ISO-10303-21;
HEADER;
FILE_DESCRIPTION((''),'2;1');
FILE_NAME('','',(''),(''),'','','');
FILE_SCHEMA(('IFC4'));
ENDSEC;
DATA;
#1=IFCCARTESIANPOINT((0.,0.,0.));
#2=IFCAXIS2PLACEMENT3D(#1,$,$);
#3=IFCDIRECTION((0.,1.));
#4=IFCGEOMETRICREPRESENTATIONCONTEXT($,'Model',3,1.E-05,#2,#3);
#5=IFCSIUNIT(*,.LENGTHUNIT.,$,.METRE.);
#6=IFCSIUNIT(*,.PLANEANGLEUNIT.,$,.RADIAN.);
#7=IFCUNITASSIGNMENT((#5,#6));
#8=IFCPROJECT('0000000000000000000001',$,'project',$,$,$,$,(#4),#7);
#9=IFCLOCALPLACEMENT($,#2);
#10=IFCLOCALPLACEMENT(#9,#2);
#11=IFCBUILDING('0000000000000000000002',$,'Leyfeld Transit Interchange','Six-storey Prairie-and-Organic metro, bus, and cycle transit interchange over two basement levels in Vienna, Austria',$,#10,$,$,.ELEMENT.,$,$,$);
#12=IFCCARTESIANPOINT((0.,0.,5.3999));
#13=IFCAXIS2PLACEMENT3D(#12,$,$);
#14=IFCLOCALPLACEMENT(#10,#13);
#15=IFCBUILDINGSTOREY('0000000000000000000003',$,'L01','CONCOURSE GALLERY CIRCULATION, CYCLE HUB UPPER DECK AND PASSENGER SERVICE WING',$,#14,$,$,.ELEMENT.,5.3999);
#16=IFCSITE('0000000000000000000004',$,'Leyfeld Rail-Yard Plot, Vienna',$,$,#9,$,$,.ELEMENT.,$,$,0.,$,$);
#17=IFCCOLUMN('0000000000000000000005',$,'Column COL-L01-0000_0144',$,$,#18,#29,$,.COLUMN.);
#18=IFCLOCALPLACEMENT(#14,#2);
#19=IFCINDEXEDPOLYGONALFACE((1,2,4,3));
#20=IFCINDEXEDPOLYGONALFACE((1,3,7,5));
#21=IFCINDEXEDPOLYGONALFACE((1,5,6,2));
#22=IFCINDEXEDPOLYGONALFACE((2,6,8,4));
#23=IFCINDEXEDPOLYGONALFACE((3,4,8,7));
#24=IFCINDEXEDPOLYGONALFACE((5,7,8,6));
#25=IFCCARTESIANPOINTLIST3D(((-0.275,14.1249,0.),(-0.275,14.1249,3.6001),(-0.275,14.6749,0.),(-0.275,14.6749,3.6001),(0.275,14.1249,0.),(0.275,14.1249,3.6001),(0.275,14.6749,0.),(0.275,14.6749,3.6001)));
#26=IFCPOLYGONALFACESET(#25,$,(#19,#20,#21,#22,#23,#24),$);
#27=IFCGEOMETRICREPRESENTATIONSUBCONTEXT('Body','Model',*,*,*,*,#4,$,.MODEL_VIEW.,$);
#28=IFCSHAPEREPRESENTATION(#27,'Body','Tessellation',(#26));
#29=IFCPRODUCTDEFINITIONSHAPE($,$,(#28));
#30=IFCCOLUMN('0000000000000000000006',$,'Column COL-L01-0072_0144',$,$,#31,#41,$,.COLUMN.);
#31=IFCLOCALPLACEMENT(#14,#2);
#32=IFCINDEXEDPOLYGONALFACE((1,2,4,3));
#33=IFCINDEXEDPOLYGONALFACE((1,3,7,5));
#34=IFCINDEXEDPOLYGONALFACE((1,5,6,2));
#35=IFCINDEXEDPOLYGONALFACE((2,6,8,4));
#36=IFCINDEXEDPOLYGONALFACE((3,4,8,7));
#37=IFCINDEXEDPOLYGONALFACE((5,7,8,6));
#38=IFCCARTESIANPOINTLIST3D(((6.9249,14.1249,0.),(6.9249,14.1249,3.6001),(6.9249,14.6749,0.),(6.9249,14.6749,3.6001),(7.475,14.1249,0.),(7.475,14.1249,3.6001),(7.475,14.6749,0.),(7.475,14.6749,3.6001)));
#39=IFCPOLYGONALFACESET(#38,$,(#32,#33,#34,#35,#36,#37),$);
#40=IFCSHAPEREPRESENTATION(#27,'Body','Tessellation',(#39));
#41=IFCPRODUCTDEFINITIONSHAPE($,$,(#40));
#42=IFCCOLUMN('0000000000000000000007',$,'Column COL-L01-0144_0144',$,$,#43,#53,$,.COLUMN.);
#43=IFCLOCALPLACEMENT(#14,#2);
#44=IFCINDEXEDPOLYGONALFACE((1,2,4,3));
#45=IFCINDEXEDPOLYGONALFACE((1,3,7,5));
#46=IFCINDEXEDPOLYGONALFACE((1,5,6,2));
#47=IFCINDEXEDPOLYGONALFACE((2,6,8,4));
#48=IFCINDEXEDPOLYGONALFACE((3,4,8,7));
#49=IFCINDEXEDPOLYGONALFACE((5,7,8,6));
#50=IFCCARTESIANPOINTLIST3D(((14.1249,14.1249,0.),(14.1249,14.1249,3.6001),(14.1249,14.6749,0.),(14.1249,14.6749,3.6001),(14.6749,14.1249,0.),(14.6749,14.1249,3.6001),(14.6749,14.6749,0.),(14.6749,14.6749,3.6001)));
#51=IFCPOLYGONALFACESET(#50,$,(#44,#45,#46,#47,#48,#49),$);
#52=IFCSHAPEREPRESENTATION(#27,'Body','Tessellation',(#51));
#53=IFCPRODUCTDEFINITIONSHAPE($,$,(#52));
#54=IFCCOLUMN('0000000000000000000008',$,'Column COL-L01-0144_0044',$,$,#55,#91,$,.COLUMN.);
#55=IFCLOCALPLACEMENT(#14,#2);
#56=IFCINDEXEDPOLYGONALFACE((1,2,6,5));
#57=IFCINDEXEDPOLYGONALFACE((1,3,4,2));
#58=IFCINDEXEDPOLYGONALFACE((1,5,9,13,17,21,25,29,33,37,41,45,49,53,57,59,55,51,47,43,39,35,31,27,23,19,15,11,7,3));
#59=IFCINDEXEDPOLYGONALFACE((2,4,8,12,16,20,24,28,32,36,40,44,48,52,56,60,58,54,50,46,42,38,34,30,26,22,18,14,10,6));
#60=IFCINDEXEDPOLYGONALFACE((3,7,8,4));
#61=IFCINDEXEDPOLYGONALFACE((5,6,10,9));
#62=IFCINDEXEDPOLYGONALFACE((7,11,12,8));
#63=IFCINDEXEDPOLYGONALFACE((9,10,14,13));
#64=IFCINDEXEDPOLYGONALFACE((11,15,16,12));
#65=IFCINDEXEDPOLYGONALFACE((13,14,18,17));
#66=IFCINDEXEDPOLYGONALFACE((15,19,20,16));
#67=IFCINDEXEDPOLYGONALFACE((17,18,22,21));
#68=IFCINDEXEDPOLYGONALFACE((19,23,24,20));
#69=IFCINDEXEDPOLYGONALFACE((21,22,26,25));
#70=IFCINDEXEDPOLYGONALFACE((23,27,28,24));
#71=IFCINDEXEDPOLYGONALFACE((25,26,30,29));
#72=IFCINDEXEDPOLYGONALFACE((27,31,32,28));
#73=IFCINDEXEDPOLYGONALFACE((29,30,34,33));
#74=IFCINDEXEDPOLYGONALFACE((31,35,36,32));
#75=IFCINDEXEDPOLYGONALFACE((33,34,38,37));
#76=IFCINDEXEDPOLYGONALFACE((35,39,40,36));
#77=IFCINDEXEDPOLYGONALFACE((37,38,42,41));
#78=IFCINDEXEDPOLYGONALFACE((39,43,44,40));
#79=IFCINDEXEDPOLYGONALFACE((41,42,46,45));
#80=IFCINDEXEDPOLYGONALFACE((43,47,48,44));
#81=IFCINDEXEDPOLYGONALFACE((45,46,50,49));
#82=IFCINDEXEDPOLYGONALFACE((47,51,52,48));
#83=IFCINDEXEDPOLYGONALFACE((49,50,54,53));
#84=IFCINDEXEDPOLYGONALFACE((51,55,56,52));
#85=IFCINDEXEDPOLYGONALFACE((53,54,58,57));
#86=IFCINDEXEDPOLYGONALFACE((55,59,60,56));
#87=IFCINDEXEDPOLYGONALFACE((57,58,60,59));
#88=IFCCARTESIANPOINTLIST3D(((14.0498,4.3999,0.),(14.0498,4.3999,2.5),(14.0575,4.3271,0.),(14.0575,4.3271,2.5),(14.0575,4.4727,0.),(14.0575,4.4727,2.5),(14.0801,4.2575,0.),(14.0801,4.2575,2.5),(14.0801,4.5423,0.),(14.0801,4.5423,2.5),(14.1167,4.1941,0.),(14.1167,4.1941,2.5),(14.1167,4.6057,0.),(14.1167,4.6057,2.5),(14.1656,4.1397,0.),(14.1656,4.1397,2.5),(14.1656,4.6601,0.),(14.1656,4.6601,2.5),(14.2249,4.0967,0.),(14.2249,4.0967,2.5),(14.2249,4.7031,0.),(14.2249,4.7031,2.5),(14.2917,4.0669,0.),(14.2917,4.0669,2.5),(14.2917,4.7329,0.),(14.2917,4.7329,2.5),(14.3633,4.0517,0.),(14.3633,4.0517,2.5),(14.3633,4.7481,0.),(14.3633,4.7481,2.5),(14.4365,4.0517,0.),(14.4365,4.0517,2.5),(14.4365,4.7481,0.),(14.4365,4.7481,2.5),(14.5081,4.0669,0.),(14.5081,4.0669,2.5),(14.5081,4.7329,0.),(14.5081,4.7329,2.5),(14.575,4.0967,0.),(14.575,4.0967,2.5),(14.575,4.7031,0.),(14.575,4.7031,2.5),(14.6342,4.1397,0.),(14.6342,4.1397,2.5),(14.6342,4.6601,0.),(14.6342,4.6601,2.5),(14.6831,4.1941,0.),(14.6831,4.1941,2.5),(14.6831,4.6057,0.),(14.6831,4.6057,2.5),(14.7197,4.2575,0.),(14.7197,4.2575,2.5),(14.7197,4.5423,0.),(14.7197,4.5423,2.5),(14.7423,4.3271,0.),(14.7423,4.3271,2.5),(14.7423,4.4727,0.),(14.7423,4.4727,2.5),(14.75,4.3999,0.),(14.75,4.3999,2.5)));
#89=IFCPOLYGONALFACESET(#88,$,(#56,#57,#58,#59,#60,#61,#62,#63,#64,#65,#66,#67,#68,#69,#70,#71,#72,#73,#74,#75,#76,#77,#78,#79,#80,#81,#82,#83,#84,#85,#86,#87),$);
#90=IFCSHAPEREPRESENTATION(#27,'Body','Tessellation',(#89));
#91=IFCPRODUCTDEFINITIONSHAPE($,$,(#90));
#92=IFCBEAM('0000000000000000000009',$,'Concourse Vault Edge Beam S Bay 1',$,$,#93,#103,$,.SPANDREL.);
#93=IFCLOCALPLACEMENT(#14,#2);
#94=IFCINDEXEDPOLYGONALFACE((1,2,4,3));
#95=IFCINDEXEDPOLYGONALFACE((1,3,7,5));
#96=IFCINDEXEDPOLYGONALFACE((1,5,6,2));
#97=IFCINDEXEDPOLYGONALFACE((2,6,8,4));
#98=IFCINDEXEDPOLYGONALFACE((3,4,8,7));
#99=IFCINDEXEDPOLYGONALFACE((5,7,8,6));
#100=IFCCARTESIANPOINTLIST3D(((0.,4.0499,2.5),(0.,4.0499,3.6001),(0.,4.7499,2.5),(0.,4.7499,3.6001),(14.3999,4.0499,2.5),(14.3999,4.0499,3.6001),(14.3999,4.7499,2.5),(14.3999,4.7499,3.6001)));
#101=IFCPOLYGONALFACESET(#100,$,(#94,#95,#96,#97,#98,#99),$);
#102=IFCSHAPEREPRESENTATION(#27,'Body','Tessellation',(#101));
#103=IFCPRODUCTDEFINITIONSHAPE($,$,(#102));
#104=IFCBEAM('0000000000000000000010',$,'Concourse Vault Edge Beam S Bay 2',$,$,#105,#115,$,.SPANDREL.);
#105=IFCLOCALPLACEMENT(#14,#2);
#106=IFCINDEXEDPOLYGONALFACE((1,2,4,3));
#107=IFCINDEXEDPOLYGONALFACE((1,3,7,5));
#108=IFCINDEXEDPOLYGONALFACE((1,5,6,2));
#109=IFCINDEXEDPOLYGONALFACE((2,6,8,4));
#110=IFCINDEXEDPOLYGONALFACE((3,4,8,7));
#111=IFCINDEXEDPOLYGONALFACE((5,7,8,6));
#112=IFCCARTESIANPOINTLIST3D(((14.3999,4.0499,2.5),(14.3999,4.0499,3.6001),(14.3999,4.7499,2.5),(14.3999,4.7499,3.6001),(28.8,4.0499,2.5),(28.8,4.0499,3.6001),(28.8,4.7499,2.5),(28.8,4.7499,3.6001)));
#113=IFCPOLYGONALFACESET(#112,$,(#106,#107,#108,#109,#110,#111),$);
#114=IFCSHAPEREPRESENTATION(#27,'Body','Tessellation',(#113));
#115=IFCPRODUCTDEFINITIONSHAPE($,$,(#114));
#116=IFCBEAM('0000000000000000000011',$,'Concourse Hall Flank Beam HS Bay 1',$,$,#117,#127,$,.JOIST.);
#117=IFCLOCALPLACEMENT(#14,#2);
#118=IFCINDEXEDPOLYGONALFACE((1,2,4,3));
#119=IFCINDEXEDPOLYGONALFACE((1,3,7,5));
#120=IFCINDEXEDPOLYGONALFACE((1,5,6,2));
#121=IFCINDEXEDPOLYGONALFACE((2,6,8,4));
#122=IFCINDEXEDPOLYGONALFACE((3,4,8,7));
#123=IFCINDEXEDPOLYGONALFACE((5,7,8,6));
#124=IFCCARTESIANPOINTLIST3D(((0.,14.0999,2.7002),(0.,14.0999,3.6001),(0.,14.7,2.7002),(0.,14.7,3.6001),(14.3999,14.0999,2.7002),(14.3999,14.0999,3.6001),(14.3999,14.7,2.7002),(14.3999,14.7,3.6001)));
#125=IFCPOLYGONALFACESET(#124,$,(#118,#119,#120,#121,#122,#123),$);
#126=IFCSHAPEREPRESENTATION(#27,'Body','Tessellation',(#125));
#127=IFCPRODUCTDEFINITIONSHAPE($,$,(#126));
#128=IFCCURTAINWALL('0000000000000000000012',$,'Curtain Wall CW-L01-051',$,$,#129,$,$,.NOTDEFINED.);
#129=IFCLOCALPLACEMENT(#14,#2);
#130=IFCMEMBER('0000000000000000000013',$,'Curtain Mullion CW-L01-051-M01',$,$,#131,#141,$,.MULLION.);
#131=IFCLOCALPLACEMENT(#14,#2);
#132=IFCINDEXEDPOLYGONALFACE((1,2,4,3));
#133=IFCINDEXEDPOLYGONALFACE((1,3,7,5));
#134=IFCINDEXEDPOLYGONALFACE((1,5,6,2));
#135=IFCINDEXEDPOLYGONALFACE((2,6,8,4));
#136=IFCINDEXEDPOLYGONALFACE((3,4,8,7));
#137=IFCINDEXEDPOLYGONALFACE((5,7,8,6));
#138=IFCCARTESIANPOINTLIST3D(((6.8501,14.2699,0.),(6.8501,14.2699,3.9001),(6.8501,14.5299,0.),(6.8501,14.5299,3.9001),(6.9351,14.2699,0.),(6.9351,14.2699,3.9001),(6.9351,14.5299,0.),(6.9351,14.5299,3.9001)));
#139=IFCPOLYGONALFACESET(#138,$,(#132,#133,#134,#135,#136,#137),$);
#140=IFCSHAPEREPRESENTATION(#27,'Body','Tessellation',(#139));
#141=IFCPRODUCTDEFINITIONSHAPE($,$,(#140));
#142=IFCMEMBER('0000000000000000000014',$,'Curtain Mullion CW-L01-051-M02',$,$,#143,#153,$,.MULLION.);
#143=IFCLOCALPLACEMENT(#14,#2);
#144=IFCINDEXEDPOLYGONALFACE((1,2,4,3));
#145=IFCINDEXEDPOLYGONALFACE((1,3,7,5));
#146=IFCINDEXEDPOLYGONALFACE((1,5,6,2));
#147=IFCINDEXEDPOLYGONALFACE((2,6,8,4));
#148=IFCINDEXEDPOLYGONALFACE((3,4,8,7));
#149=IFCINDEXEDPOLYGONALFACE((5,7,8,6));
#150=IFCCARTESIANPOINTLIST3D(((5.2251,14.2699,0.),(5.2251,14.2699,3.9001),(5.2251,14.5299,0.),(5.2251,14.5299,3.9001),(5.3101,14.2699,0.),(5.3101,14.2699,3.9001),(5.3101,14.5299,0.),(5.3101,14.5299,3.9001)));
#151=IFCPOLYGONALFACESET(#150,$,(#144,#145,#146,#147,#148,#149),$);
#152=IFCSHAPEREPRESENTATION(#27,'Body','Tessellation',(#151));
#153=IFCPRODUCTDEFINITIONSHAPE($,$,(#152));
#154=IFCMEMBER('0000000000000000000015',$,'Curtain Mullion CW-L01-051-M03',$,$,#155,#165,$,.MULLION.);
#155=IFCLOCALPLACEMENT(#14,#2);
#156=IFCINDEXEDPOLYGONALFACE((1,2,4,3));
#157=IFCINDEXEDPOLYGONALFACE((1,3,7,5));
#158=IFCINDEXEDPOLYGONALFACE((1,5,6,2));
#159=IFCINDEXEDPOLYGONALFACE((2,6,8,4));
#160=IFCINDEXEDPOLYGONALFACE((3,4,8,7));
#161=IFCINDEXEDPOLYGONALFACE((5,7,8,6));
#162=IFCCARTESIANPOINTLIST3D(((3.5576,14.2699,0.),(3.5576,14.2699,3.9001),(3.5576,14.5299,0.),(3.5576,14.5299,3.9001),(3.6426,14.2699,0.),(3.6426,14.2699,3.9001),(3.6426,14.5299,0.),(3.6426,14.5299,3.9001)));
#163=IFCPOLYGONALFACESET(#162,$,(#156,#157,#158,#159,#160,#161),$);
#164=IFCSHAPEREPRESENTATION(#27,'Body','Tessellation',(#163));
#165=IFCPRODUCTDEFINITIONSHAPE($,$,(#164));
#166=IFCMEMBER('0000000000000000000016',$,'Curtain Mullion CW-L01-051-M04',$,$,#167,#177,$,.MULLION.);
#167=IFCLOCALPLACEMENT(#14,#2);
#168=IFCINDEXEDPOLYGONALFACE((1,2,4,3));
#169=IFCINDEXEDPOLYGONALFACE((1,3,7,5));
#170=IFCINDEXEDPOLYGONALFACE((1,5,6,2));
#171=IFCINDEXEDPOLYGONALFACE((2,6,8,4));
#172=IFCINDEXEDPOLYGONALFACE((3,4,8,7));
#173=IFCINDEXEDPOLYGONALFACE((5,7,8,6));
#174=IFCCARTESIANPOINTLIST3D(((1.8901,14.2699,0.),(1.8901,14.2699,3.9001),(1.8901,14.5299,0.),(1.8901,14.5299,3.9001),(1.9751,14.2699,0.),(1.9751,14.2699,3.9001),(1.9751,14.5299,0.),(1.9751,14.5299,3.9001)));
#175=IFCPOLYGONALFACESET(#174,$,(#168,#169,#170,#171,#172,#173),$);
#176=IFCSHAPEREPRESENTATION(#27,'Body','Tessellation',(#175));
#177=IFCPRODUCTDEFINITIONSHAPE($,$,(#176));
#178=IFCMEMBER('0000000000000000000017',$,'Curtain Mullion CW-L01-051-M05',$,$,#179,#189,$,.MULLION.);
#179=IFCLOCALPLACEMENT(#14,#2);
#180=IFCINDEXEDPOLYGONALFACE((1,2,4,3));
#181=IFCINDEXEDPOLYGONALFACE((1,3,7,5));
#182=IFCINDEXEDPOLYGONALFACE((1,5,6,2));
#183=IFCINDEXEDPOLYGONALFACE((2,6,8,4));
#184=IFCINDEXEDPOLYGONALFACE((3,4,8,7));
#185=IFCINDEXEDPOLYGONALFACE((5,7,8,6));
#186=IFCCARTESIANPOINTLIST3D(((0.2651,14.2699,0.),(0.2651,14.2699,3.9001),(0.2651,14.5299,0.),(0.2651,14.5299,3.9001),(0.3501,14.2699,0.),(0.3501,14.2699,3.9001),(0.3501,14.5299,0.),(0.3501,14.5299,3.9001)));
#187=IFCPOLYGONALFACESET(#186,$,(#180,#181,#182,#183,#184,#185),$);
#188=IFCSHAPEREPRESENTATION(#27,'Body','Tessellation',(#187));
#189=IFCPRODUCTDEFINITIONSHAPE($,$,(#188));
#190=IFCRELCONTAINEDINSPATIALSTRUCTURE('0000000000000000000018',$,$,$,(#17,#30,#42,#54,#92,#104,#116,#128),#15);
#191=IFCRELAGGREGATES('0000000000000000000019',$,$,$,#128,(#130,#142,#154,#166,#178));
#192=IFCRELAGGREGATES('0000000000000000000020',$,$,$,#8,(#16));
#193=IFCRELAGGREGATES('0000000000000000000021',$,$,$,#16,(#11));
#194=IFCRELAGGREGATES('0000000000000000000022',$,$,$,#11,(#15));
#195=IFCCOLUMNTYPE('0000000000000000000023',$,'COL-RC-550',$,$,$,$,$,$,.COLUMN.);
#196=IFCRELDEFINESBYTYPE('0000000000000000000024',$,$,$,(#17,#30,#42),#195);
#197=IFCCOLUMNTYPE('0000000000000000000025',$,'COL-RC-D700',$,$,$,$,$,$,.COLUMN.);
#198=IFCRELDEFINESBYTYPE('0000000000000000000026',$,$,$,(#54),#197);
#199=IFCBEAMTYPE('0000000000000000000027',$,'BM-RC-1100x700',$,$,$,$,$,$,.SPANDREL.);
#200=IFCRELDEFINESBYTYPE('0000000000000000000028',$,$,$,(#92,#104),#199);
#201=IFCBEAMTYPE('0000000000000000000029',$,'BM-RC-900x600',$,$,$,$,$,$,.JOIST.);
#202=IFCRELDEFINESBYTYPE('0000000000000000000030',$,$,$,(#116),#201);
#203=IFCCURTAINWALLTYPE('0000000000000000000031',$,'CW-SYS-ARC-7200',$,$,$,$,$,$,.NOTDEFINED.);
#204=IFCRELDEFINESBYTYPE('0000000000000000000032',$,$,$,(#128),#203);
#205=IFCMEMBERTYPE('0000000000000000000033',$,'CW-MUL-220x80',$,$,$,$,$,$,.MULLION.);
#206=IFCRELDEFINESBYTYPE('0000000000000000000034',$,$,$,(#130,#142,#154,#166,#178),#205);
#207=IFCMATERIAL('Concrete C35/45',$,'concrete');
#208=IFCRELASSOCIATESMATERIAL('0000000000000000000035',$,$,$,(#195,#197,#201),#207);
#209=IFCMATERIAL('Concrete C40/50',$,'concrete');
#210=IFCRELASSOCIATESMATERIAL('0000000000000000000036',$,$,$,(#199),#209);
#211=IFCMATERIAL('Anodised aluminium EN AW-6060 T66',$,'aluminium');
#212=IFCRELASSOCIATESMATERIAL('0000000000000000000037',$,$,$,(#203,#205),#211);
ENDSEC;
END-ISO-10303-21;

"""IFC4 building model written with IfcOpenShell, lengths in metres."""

from ifc_helpers import new_model, si_unit, direction, frame, origin, origin_2d, place, context, subcontext, project, spatial, rectangle, circle, extrude, material, material_profile, profile_set, type_object, element, aggregate, save


model = new_model("IFC4")

# Units and contexts
model_context = context("Model", 3, precision=1e-05, world=origin(), true_north=direction((0.0, 1.0)))
body_context = subcontext(model_context, "Body", "Model", "MODEL_VIEW")
ifc_project = project(units=[si_unit("LENGTHUNIT", "METRE"), si_unit("PLANEANGLEUNIT", "RADIAN")], contexts=[model_context])

# Site, building, storey
site_placement = place(None, origin())
site = spatial("IfcSite", under=ifc_project, at=site_placement, Name="Leyfeld Rail-Yard Plot, Vienna", CompositionType="ELEMENT", RefElevation=0.0)
building_placement = place(site_placement, origin())
building = spatial("IfcBuilding", under=site, at=building_placement, Name="Leyfeld Transit Interchange", Description="Six-storey Prairie-and-Organic metro, bus, and cycle transit interchange over two basement levels in Vienna, Austria", CompositionType="ELEMENT")
storey_placement = place(building_placement, frame((0.0, 0.0, 5.3999)))
storey = spatial("IfcBuildingStorey", under=building, at=storey_placement, Name="L01", Description="CONCOURSE GALLERY CIRCULATION, CYCLE HUB UPPER DECK AND PASSENGER SERVICE WING", CompositionType="ELEMENT", Elevation=5.3999)

# Columns
ifc_material_1 = material(Name="Concrete C35/45", Category="concrete")
ifc_material_profile_1 = material_profile(ifc_material_1, rectangle(XDim=0.55, YDim=0.55, at=origin_2d()), Name="RC 550x550")
ifc_profile_set_1 = profile_set([ifc_material_profile_1], Name="Concrete C35/45")
column_type_1 = type_object("IfcColumnType", Name="COL-RC-550", PredefinedType="COLUMN", material=ifc_profile_set_1)
for number, where, z_axis, x_axis, name in (
    (1, (0.0, 14.3999, 0.0), (0.0, 0.0, 1.0), (1.0, 0.0, 0.0), "Column COL-L01-0000_0144"),
    (2, (7.2, 14.3999, 0.0), (0.0, 0.0, 1.0), (1.0, 0.0, 0.0), "Column COL-L01-0072_0144"),
    (3, (14.3999, 14.3999, 0.0), (0.0, 0.0, 1.0), (1.0, 0.0, 0.0), "Column COL-L01-0144_0144"),
):
    element("IfcColumn", number, at=place(storey_placement, frame(where, z_axis=z_axis, x_axis=x_axis)), inside=storey, type_object=column_type_1, Name=name, PredefinedType="COLUMN", context=body_context, shape_type="SweptSolid", body=[
        extrude(rectangle(XDim=0.55, YDim=0.55, at=origin_2d()), origin(), (0.0, 0.0, 1.0), 3.6001),
    ])
ifc_material_profile_2 = material_profile(ifc_material_1, circle(Radius=0.3501, at=origin_2d()), Name="RC D700")
ifc_profile_set_2 = profile_set([ifc_material_profile_2], Name="Concrete C35/45")
column_type_2 = type_object("IfcColumnType", Name="COL-RC-D700", PredefinedType="COLUMN", material=ifc_profile_set_2)
column_placement = place(storey_placement, frame((14.3999, 4.3999, 0.0), z_axis=(0.0, 0.0, 1.0), x_axis=(1.0, 0.0, 0.0)))
element("IfcColumn", 4, at=column_placement, inside=storey, type_object=column_type_2, Name="Column COL-L01-0144_0044", PredefinedType="COLUMN", context=body_context, shape_type="SweptSolid", body=[
    extrude(circle(Radius=0.3501, at=origin_2d()), origin(), (0.0, 0.0, 1.0), 2.5),
])

# Beams
ifc_material_2 = material(Name="Concrete C40/50", Category="concrete")
ifc_material_profile_3 = material_profile(ifc_material_2, rectangle(XDim=0.7, YDim=1.1001, at=origin_2d()), Name="RC 1100x700")
ifc_profile_set_3 = profile_set([ifc_material_profile_3], Name="Concrete C40/50")
beam_type_1 = type_object("IfcBeamType", Name="BM-RC-1100x700", PredefinedType="SPANDREL", material=ifc_profile_set_3)
beam_1_placement = place(storey_placement, frame((0.0, 4.3999, 3.05), z_axis=(1.0, 0.0, 0.0), x_axis=(0.0, 1.0, 0.0)))
element("IfcBeam", 5, at=beam_1_placement, inside=storey, type_object=beam_type_1, Name="Concourse Vault Edge Beam S Bay 1", PredefinedType="SPANDREL", context=body_context, shape_type="SweptSolid", body=[
    extrude(rectangle(XDim=0.7, YDim=1.1001, at=origin_2d()), origin(), (0.0, 0.0, 1.0), 14.3999),
])
beam_2_placement = place(storey_placement, frame((14.3999, 4.3999, 3.05), z_axis=(1.0, 0.0, 0.0), x_axis=(0.0, 1.0, 0.0)))
element("IfcBeam", 6, at=beam_2_placement, inside=storey, type_object=beam_type_1, Name="Concourse Vault Edge Beam S Bay 2", PredefinedType="SPANDREL", context=body_context, shape_type="SweptSolid", body=[
    extrude(rectangle(XDim=0.7, YDim=1.1001, at=origin_2d()), origin(), (0.0, 0.0, 1.0), 14.4001),
])
ifc_material_profile_4 = material_profile(ifc_material_1, rectangle(XDim=0.6001, YDim=0.8999, at=origin_2d()), Name="RC 900x600")
ifc_profile_set_4 = profile_set([ifc_material_profile_4], Name="Concrete C35/45")
beam_type_2 = type_object("IfcBeamType", Name="BM-RC-900x600", PredefinedType="JOIST", material=ifc_profile_set_4)
beam_3_placement = place(storey_placement, frame((0.0, 14.3999, 3.1501), z_axis=(1.0, 0.0, 0.0), x_axis=(0.0, 1.0, 0.0)))
element("IfcBeam", 7, at=beam_3_placement, inside=storey, type_object=beam_type_2, Name="Concourse Hall Flank Beam HS Bay 1", PredefinedType="JOIST", context=body_context, shape_type="SweptSolid", body=[
    extrude(rectangle(XDim=0.6001, YDim=0.8999, at=origin_2d()), origin(), (0.0, 0.0, 1.0), 14.3999),
])

# Curtain wall, members
ifc_material_3 = material(Name="Anodised aluminium EN AW-6060 T66", Category="aluminium")
curtain_wall_type = type_object("IfcCurtainWallType", Name="CW-SYS-ARC-7200", PredefinedType="NOTDEFINED", material=ifc_material_3)
curtain_wall_placement = place(storey_placement, origin())
curtain_wall = element("IfcCurtainWall", 8, at=curtain_wall_placement, inside=storey, type_object=curtain_wall_type, Name="Curtain Wall CW-L01-051", PredefinedType="NOTDEFINED")
ifc_material_profile_5 = material_profile(ifc_material_3, rectangle(XDim=0.085, YDim=0.26, at=origin_2d()), Name="CW-M 85x260")
ifc_profile_set_5 = profile_set([ifc_material_profile_5], Name="Anodised aluminium EN AW-6060 T66")
member_type_1 = type_object("IfcMemberType", Name="CW-MUL-220x80", PredefinedType="MULLION", material=ifc_profile_set_5)
member_1_placement = place(storey_placement, frame((6.8926, 14.3999, 0.0), z_axis=(0.0, 0.0, 1.0), x_axis=(-1.0, 0.0, 0.0)))
member_1 = element("IfcMember", 9, at=member_1_placement, type_object=member_type_1, Name="Curtain Mullion CW-L01-051-M01", PredefinedType="MULLION", context=body_context, shape_type="SweptSolid", body=[
    extrude(rectangle(XDim=0.085, YDim=0.26, at=origin_2d()), origin(), (0.0, 0.0, 1.0), 3.9001),
])
member_2_placement = place(storey_placement, frame((5.2676, 14.3999, 0.0), z_axis=(0.0, 0.0, 1.0), x_axis=(-1.0, 0.0, 0.0)))
member_2 = element("IfcMember", 10, at=member_2_placement, type_object=member_type_1, Name="Curtain Mullion CW-L01-051-M02", PredefinedType="MULLION", context=body_context, shape_type="SweptSolid", body=[
    extrude(rectangle(XDim=0.085, YDim=0.26, at=origin_2d()), origin(), (0.0, 0.0, 1.0), 3.9001),
])
member_3_placement = place(storey_placement, frame((3.6001, 14.3999, 0.0), z_axis=(0.0, 0.0, 1.0), x_axis=(-1.0, 0.0, 0.0)))
member_3 = element("IfcMember", 11, at=member_3_placement, type_object=member_type_1, Name="Curtain Mullion CW-L01-051-M03", PredefinedType="MULLION", context=body_context, shape_type="SweptSolid", body=[
    extrude(rectangle(XDim=0.085, YDim=0.26, at=origin_2d()), origin(), (0.0, 0.0, 1.0), 3.9001),
])
member_4_placement = place(storey_placement, frame((1.9326, 14.3999, 0.0), z_axis=(0.0, 0.0, 1.0), x_axis=(-1.0, 0.0, 0.0)))
member_4 = element("IfcMember", 12, at=member_4_placement, type_object=member_type_1, Name="Curtain Mullion CW-L01-051-M04", PredefinedType="MULLION", context=body_context, shape_type="SweptSolid", body=[
    extrude(rectangle(XDim=0.085, YDim=0.26, at=origin_2d()), origin(), (0.0, 0.0, 1.0), 3.9001),
])
member_5_placement = place(storey_placement, frame((0.3076, 14.3999, 0.0), z_axis=(0.0, 0.0, 1.0), x_axis=(-1.0, 0.0, 0.0)))
member_5 = element("IfcMember", 13, at=member_5_placement, type_object=member_type_1, Name="Curtain Mullion CW-L01-051-M05", PredefinedType="MULLION", context=body_context, shape_type="SweptSolid", body=[
    extrude(rectangle(XDim=0.085, YDim=0.26, at=origin_2d()), origin(), (0.0, 0.0, 1.0), 3.9001),
])
aggregate(curtain_wall, [member_1, member_2, member_3, member_4, member_5])

save(model, "model.ifc")
